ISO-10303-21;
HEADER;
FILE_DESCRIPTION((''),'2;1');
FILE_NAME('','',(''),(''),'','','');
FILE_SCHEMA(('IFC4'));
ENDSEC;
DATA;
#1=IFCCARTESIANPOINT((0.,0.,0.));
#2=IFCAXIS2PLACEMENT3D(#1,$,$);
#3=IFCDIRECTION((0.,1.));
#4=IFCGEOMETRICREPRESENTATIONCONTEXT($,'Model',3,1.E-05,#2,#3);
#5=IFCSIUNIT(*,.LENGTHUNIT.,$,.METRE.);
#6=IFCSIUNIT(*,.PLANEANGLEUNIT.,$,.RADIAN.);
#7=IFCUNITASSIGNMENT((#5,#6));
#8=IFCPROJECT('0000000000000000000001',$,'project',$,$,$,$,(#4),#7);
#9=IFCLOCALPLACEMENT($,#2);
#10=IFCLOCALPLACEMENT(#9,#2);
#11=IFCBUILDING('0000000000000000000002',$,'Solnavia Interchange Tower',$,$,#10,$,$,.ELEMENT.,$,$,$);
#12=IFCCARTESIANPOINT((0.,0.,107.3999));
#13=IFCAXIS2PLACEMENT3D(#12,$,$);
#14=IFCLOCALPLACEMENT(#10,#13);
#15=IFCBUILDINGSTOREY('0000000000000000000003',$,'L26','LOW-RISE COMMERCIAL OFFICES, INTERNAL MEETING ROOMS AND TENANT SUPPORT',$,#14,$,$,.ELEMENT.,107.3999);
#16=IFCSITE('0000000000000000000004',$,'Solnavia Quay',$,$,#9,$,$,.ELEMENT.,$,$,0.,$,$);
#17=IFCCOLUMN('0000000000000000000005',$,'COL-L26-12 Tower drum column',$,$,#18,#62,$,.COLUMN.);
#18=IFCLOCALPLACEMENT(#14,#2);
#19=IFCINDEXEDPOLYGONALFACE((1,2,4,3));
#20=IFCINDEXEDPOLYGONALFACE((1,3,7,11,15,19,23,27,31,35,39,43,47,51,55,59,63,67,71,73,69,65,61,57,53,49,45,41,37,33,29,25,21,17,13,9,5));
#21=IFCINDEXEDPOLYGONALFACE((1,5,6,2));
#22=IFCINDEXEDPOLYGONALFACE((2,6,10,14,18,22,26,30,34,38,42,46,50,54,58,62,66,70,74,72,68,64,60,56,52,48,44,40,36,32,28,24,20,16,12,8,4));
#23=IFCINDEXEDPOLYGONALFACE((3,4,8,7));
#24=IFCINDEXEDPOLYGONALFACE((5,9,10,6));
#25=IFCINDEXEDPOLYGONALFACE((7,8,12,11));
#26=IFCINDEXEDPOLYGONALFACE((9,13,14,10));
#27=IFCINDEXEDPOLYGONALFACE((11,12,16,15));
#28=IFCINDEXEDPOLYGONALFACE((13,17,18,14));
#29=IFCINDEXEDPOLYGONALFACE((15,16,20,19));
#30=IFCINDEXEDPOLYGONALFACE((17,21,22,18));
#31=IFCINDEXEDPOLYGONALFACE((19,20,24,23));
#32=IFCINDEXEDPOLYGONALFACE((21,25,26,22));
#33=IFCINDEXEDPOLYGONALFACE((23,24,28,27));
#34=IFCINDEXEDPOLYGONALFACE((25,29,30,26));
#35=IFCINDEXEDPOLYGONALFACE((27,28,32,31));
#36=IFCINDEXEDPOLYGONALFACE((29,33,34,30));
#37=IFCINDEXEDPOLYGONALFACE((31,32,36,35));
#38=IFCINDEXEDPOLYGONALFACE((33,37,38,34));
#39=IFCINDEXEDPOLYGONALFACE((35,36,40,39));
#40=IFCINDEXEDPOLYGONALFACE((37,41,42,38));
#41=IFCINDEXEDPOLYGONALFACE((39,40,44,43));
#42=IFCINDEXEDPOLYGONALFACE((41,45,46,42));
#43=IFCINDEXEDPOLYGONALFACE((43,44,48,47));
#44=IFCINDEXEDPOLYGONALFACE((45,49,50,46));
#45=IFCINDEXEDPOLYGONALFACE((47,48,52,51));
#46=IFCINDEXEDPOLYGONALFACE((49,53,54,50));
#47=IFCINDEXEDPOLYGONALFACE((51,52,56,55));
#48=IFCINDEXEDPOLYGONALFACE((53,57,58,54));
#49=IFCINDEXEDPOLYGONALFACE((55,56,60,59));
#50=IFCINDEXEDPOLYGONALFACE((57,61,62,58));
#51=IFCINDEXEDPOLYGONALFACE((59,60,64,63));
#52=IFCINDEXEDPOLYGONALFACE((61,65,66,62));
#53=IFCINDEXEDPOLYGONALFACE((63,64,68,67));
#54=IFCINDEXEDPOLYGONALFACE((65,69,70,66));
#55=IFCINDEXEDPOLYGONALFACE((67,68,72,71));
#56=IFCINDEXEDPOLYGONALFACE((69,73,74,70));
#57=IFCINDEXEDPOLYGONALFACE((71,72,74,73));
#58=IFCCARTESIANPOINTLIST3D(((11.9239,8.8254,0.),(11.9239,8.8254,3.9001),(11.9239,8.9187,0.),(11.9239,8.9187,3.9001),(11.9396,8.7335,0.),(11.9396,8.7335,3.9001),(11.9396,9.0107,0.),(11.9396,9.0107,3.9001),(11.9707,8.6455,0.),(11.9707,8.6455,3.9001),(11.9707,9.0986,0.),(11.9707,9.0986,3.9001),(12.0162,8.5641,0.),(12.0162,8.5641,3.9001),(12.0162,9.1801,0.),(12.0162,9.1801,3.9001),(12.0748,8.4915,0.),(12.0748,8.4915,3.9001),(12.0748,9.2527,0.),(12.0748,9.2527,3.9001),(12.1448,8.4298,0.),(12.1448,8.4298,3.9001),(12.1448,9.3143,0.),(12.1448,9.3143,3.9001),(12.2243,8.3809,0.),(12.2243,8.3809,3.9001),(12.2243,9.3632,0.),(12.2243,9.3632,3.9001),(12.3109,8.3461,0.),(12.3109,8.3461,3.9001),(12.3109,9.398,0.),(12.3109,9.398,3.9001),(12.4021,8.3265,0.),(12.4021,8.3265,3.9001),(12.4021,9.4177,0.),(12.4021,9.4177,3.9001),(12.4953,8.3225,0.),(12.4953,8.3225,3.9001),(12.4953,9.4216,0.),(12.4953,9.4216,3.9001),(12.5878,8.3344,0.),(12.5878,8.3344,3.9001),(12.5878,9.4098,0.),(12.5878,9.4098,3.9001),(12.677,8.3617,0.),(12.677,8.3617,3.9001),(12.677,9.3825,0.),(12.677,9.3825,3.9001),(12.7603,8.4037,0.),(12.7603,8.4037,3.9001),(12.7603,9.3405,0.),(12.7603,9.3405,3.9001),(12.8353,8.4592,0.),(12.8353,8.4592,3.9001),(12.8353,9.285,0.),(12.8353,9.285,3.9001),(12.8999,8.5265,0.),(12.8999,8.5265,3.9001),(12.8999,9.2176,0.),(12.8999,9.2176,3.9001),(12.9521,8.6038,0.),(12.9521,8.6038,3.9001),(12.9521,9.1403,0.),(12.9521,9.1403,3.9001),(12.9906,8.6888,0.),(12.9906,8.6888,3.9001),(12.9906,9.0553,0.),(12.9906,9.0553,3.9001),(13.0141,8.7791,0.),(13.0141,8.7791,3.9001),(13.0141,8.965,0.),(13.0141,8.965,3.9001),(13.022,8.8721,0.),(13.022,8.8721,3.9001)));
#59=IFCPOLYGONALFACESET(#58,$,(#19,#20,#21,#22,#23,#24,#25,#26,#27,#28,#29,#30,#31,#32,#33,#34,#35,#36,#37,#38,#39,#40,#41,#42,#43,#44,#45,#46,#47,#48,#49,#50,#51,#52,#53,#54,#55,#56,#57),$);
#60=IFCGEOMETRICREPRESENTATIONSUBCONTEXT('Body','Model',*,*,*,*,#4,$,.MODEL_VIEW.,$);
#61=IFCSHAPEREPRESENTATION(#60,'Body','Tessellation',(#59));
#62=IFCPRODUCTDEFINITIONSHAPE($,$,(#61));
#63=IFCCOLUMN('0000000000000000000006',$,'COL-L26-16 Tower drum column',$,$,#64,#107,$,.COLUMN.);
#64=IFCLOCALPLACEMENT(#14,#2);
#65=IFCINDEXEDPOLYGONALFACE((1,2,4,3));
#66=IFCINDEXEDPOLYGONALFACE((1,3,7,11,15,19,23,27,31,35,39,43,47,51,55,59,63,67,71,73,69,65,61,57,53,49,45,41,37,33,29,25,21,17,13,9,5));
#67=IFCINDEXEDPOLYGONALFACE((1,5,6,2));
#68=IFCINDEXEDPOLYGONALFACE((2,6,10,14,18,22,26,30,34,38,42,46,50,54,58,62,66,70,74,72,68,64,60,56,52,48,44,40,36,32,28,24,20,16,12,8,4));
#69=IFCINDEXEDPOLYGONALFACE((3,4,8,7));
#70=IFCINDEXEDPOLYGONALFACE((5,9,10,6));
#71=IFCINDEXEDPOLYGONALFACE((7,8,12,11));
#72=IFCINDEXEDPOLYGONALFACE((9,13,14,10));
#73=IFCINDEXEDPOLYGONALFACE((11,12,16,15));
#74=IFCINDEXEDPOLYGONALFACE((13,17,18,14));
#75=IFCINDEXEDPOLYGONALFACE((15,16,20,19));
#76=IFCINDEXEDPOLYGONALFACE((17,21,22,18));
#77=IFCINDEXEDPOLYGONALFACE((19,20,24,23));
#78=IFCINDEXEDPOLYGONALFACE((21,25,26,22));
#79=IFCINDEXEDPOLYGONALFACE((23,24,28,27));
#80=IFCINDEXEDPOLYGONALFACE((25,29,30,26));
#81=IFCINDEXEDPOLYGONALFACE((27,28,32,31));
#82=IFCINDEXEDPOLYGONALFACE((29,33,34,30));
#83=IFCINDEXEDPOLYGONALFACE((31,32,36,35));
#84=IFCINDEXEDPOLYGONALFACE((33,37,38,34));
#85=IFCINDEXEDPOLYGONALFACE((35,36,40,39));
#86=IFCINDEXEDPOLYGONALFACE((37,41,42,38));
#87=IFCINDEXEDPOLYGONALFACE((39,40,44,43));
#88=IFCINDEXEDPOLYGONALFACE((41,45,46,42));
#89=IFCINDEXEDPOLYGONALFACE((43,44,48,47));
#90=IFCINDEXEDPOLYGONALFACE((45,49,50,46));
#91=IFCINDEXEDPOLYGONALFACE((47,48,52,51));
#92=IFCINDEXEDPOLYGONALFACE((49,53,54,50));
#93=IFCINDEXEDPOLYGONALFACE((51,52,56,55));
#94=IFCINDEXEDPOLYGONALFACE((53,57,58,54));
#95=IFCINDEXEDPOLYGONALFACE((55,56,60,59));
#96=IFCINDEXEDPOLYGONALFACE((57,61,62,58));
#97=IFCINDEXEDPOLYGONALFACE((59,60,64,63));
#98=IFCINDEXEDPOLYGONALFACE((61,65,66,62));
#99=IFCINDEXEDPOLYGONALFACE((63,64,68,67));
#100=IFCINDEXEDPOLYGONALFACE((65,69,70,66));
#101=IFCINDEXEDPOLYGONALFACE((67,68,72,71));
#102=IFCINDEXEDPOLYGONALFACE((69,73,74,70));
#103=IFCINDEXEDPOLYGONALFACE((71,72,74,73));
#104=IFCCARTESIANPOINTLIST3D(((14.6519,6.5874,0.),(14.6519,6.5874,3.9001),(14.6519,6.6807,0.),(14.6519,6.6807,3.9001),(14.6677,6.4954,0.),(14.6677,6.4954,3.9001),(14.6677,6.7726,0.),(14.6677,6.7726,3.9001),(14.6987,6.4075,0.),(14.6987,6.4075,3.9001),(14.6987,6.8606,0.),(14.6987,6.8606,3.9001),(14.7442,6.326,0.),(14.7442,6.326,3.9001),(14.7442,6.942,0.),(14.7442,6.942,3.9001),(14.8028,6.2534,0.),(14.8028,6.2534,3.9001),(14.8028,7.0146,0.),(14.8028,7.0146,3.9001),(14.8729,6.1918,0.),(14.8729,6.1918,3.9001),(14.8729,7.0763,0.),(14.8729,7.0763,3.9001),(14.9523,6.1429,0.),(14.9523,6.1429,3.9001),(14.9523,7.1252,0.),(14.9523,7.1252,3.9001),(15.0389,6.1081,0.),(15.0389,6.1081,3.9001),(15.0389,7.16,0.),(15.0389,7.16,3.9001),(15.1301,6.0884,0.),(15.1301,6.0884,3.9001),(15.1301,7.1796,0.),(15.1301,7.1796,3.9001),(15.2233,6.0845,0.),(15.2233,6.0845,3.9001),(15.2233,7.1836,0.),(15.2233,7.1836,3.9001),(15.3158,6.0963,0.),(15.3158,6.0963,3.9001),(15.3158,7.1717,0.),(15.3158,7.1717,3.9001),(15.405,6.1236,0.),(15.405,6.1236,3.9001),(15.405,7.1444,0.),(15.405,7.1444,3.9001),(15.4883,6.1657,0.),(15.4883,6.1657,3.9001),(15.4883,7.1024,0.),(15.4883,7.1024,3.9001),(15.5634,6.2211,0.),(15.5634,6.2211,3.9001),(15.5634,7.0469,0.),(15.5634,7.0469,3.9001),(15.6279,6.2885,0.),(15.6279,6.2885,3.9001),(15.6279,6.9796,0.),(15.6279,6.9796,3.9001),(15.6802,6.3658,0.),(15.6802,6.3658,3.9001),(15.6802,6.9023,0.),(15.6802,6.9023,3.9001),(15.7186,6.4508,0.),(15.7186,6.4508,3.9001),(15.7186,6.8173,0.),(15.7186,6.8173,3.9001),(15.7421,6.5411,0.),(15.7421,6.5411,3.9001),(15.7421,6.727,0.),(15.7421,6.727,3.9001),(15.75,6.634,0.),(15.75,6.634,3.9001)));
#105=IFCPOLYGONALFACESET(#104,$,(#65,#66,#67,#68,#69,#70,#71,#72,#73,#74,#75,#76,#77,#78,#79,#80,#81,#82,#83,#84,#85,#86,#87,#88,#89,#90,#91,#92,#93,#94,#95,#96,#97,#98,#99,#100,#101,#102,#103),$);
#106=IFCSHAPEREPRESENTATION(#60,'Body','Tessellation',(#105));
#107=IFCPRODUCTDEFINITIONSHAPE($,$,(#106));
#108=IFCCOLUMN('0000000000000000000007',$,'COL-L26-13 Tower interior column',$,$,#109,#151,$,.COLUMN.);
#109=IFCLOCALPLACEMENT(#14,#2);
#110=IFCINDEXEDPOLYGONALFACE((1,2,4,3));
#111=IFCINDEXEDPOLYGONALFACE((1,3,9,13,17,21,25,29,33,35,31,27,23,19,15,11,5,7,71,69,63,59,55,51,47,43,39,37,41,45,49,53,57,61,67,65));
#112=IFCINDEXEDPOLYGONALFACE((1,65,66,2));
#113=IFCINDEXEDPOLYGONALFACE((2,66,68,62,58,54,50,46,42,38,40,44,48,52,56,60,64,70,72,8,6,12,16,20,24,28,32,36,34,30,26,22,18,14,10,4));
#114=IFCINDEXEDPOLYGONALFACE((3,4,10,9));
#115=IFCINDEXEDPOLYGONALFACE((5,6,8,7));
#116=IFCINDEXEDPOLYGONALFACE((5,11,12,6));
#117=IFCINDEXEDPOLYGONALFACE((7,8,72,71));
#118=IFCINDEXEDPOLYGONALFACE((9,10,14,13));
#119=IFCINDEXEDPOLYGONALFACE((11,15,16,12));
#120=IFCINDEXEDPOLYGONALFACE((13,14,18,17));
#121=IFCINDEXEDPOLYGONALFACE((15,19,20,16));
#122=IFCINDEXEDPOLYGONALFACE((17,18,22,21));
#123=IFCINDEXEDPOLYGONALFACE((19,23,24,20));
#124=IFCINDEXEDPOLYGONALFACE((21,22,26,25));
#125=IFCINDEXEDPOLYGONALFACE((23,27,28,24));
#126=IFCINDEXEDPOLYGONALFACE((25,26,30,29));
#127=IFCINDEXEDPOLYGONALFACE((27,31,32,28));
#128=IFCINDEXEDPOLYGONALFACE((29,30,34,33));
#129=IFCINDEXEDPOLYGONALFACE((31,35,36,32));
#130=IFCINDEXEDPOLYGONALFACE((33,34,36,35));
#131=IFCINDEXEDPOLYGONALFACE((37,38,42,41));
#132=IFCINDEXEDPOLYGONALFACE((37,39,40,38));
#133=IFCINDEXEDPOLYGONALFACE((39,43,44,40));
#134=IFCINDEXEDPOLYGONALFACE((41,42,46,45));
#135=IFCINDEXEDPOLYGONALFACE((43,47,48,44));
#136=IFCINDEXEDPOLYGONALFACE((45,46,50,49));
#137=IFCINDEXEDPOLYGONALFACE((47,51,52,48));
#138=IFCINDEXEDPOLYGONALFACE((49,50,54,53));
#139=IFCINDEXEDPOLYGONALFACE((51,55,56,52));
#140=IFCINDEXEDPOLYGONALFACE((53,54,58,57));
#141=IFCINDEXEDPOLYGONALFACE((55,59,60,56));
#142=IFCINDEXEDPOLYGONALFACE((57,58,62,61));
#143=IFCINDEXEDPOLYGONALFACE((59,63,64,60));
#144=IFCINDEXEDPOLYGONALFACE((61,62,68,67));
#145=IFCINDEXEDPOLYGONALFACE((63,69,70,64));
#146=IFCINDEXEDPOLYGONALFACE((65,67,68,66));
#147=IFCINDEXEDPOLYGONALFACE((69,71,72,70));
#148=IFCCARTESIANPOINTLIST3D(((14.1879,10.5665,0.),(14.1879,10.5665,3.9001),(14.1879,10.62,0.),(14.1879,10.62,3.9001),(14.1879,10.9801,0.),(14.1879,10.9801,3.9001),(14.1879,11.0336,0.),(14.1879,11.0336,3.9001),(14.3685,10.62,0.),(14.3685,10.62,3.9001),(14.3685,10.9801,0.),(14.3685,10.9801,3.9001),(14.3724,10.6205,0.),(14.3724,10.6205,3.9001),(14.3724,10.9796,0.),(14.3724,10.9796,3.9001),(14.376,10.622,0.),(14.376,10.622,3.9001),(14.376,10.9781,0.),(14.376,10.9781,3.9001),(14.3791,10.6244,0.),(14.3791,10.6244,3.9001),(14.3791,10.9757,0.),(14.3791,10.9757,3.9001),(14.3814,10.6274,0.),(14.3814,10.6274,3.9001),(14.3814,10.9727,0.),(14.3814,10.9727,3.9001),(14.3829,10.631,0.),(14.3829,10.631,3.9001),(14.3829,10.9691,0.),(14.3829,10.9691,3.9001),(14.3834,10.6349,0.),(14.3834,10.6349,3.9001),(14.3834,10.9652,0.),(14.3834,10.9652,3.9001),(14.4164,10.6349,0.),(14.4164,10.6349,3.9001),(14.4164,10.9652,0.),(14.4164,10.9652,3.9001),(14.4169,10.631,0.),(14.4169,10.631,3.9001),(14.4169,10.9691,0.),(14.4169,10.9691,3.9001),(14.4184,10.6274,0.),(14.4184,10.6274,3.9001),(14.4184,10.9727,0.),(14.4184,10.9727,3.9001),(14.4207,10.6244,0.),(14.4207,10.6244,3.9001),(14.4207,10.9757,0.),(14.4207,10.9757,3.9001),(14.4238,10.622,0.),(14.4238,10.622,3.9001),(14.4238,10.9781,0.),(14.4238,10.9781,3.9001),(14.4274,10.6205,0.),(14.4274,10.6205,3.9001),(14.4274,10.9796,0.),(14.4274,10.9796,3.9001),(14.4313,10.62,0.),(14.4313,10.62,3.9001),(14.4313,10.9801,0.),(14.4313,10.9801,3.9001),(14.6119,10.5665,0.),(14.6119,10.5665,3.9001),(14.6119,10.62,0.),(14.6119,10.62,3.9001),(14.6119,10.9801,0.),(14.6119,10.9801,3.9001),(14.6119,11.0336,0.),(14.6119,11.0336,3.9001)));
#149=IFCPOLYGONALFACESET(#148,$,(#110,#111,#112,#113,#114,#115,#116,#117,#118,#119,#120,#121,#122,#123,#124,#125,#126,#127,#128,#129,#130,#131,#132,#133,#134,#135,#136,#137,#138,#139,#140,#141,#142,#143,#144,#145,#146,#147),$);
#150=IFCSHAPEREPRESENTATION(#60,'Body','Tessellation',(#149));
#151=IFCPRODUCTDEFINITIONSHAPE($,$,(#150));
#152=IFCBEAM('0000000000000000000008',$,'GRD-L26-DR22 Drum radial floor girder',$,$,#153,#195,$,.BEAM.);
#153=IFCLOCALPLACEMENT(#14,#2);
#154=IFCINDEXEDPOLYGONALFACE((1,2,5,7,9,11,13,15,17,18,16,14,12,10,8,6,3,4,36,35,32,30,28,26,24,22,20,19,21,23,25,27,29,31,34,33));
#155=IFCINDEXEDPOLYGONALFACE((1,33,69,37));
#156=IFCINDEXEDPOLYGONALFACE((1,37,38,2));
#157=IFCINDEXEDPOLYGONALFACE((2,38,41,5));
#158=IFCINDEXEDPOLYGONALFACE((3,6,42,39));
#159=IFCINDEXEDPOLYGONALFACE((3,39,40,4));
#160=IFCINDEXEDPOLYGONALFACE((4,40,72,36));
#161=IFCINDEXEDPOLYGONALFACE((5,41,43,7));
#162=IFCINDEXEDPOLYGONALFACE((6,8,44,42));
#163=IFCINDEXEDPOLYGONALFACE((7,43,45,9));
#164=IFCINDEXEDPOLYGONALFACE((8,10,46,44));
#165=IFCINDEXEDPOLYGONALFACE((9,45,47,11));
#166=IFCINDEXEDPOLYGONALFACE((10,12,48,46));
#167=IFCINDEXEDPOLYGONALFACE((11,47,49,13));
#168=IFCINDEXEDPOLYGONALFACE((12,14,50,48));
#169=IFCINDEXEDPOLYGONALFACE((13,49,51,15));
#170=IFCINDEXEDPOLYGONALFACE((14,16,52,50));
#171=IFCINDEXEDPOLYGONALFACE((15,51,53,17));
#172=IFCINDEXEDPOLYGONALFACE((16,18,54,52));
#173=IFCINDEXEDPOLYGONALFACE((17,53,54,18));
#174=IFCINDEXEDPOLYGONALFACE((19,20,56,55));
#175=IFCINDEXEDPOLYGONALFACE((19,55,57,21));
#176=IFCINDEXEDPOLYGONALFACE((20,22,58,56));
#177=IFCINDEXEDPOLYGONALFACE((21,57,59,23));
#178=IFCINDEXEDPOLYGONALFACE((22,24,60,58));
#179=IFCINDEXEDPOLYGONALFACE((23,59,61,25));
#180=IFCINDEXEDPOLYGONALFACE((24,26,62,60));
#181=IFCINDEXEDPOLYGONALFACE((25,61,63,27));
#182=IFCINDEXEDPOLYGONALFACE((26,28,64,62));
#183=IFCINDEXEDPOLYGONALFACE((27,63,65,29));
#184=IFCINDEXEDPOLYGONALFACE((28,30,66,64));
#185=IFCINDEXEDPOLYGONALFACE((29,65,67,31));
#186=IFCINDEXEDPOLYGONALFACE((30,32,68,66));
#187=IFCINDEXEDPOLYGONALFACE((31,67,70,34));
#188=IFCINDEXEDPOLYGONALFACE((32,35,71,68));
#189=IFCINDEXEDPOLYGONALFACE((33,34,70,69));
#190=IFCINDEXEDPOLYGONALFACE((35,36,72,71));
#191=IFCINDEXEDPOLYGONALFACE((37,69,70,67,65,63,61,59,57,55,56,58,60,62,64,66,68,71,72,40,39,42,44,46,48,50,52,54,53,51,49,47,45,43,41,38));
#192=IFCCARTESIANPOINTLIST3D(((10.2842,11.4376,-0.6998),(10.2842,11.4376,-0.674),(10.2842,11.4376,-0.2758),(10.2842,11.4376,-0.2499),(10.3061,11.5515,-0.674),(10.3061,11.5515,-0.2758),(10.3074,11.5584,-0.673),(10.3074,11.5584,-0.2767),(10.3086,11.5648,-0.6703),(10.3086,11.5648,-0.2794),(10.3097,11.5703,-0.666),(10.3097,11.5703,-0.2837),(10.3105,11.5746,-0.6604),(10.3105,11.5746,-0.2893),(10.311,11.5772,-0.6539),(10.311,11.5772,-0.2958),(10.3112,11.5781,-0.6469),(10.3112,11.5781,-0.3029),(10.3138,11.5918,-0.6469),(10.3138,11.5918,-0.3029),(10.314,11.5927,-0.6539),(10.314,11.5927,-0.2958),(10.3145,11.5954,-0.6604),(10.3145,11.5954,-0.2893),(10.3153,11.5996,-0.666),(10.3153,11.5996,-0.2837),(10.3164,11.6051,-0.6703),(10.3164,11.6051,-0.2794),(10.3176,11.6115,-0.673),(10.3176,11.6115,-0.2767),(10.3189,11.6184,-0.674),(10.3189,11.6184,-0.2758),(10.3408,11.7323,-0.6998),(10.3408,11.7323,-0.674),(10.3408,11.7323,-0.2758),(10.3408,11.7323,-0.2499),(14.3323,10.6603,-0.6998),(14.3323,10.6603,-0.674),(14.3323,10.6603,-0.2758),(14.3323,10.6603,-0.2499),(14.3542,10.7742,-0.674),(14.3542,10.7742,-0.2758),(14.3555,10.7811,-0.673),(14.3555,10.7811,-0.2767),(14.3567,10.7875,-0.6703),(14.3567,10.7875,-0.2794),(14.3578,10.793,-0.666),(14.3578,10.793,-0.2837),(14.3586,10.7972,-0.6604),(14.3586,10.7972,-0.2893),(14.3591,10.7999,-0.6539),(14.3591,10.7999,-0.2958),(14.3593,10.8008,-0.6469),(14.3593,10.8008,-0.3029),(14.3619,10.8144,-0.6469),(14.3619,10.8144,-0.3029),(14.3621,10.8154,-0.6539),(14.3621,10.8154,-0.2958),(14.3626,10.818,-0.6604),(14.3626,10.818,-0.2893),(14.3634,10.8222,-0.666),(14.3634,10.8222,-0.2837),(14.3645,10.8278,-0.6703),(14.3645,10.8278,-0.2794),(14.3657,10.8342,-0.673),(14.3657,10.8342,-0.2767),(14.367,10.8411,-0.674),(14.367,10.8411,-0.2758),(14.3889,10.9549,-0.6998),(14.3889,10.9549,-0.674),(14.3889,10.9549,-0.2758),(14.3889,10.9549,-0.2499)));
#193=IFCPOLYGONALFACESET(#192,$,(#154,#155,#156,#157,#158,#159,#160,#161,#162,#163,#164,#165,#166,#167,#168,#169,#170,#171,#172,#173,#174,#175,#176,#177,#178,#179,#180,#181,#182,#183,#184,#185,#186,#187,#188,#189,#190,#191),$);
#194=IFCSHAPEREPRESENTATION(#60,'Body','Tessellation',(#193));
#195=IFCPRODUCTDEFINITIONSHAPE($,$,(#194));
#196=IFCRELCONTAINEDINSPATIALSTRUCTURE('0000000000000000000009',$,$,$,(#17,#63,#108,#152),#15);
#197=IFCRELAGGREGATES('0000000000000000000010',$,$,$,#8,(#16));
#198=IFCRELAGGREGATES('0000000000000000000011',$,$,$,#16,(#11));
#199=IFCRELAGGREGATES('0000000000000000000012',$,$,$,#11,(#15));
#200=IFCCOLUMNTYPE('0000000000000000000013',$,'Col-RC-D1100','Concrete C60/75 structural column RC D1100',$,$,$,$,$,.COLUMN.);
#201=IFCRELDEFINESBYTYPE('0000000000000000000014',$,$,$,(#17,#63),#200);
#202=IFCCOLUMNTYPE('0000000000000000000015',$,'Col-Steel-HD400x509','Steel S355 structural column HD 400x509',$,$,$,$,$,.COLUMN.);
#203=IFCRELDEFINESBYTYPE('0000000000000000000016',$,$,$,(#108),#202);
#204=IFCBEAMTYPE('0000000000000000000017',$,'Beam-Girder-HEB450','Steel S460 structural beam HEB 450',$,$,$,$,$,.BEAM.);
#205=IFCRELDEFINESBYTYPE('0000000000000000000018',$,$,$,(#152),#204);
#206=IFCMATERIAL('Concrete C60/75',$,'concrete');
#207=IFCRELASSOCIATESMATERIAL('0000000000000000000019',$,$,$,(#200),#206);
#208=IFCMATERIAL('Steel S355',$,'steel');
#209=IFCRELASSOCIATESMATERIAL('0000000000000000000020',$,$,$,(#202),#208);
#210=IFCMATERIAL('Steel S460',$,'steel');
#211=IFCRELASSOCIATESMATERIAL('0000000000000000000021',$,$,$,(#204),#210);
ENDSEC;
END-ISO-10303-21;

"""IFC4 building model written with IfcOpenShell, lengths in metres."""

from ifc_helpers import new_model, si_unit, direction, frame, origin, origin_2d, place, context, subcontext, project, spatial, circle, i_section, extrude, material, material_profile, profile_set, type_object, element, save


model = new_model("IFC4")

# Units and contexts
model_context = context("Model", 3, precision=1e-05, world=origin(), true_north=direction((0.0, 1.0)))
body_context = subcontext(model_context, "Body", "Model", "MODEL_VIEW")
ifc_project = project(units=[si_unit("LENGTHUNIT", "METRE"), si_unit("PLANEANGLEUNIT", "RADIAN")], contexts=[model_context])

# Site, building, storey
site_placement = place(None, origin())
site = spatial("IfcSite", under=ifc_project, at=site_placement, Name="Solnavia Quay", CompositionType="ELEMENT", RefElevation=0.0)
building_placement = place(site_placement, origin())
building = spatial("IfcBuilding", under=site, at=building_placement, Name="Solnavia Interchange Tower", CompositionType="ELEMENT")
storey_placement = place(building_placement, frame((0.0, 0.0, 107.3999)))
storey = spatial("IfcBuildingStorey", under=building, at=storey_placement, Name="L26", Description="LOW-RISE COMMERCIAL OFFICES, INTERNAL MEETING ROOMS AND TENANT SUPPORT", CompositionType="ELEMENT", Elevation=107.3999)

# Columns
ifc_material_1 = material(Name="Concrete C60/75", Category="concrete")
ifc_material_profile_1 = material_profile(ifc_material_1, circle(Radius=0.55, at=origin_2d()), Name="RC D1100")
ifc_profile_set_1 = profile_set([ifc_material_profile_1], Name="Concrete C60/75")
column_type_1 = type_object("IfcColumnType", Name="Col-RC-D1100", Description="Concrete C60/75 structural column RC D1100", PredefinedType="COLUMN", material=ifc_profile_set_1)
for number, where, z_axis, x_axis, name in (
    (1, (12.4719, 8.8721, 0.0), (0.0, 0.0, 1.0), (1.0, 0.0, 0.0), "COL-L26-12 Tower drum column"),
    (2, (15.2, 6.634, 0.0), (0.0, 0.0, 1.0), (1.0, 0.0, 0.0), "COL-L26-16 Tower drum column"),
):
    element("IfcColumn", number, at=place(storey_placement, frame(where, z_axis=z_axis, x_axis=x_axis)), inside=storey, type_object=column_type_1, Name=name, PredefinedType="COLUMN", context=body_context, shape_type="SweptSolid", body=[
        extrude(circle(Radius=0.55, at=origin_2d()), origin(), (0.0, 0.0, 1.0), 3.9001),
    ])
ifc_material_2 = material(Name="Steel S355", Category="steel")
ifc_material_profile_2 = material_profile(ifc_material_2, i_section(OverallWidth=0.4241, OverallDepth=0.467, WebThickness=0.033, FlangeThickness=0.0535, FilletRadius=0.0149, at=origin_2d()), Name="HD 400x509")
ifc_profile_set_2 = profile_set([ifc_material_profile_2], Name="Steel S355")
column_type_2 = type_object("IfcColumnType", Name="Col-Steel-HD400x509", Description="Steel S355 structural column HD 400x509", PredefinedType="COLUMN", material=ifc_profile_set_2)
column_placement = place(storey_placement, frame((14.3999, 10.8, 0.0), z_axis=(0.0, 0.0, 1.0), x_axis=(1.0, 0.0, 0.0)))
element("IfcColumn", 3, at=column_placement, inside=storey, type_object=column_type_2, Name="COL-L26-13 Tower interior column", PredefinedType="COLUMN", context=body_context, shape_type="SweptSolid", body=[
    extrude(i_section(OverallWidth=0.4241, OverallDepth=0.467, WebThickness=0.033, FlangeThickness=0.0535, FilletRadius=0.0149, at=origin_2d()), origin(), (0.0, 0.0, 1.0), 3.9001),
])

# Beam
ifc_material_3 = material(Name="Steel S460", Category="steel")
ifc_material_profile_3 = material_profile(ifc_material_3, i_section(OverallWidth=0.3, OverallDepth=0.45, WebThickness=0.0139, FlangeThickness=0.0259, FilletRadius=0.0271, at=origin_2d()), Name="HEB 450")
ifc_profile_set_3 = profile_set([ifc_material_profile_3], Name="Steel S460")
beam_type_1 = type_object("IfcBeamType", Name="Beam-Girder-HEB450", Description="Steel S460 structural beam HEB 450", PredefinedType="BEAM", material=ifc_profile_set_3)
beam_1_placement = place(storey_placement, frame((10.3125, 11.585, -0.4749), z_axis=(0.982058, -0.188582, 0.0), x_axis=(0.188582, 0.982058, 0.0)))
element("IfcBeam", 4, at=beam_1_placement, inside=storey, type_object=beam_type_1, Name="GRD-L26-DR22 Drum radial floor girder", PredefinedType="BEAM", context=body_context, shape_type="SweptSolid", body=[
    extrude(i_section(OverallWidth=0.3, OverallDepth=0.45, WebThickness=0.0139, FlangeThickness=0.0259, FilletRadius=0.0271, at=origin_2d()), origin(), (0.0, 0.0, 1.0), 4.1221),
])

save(model, "model.ifc")
